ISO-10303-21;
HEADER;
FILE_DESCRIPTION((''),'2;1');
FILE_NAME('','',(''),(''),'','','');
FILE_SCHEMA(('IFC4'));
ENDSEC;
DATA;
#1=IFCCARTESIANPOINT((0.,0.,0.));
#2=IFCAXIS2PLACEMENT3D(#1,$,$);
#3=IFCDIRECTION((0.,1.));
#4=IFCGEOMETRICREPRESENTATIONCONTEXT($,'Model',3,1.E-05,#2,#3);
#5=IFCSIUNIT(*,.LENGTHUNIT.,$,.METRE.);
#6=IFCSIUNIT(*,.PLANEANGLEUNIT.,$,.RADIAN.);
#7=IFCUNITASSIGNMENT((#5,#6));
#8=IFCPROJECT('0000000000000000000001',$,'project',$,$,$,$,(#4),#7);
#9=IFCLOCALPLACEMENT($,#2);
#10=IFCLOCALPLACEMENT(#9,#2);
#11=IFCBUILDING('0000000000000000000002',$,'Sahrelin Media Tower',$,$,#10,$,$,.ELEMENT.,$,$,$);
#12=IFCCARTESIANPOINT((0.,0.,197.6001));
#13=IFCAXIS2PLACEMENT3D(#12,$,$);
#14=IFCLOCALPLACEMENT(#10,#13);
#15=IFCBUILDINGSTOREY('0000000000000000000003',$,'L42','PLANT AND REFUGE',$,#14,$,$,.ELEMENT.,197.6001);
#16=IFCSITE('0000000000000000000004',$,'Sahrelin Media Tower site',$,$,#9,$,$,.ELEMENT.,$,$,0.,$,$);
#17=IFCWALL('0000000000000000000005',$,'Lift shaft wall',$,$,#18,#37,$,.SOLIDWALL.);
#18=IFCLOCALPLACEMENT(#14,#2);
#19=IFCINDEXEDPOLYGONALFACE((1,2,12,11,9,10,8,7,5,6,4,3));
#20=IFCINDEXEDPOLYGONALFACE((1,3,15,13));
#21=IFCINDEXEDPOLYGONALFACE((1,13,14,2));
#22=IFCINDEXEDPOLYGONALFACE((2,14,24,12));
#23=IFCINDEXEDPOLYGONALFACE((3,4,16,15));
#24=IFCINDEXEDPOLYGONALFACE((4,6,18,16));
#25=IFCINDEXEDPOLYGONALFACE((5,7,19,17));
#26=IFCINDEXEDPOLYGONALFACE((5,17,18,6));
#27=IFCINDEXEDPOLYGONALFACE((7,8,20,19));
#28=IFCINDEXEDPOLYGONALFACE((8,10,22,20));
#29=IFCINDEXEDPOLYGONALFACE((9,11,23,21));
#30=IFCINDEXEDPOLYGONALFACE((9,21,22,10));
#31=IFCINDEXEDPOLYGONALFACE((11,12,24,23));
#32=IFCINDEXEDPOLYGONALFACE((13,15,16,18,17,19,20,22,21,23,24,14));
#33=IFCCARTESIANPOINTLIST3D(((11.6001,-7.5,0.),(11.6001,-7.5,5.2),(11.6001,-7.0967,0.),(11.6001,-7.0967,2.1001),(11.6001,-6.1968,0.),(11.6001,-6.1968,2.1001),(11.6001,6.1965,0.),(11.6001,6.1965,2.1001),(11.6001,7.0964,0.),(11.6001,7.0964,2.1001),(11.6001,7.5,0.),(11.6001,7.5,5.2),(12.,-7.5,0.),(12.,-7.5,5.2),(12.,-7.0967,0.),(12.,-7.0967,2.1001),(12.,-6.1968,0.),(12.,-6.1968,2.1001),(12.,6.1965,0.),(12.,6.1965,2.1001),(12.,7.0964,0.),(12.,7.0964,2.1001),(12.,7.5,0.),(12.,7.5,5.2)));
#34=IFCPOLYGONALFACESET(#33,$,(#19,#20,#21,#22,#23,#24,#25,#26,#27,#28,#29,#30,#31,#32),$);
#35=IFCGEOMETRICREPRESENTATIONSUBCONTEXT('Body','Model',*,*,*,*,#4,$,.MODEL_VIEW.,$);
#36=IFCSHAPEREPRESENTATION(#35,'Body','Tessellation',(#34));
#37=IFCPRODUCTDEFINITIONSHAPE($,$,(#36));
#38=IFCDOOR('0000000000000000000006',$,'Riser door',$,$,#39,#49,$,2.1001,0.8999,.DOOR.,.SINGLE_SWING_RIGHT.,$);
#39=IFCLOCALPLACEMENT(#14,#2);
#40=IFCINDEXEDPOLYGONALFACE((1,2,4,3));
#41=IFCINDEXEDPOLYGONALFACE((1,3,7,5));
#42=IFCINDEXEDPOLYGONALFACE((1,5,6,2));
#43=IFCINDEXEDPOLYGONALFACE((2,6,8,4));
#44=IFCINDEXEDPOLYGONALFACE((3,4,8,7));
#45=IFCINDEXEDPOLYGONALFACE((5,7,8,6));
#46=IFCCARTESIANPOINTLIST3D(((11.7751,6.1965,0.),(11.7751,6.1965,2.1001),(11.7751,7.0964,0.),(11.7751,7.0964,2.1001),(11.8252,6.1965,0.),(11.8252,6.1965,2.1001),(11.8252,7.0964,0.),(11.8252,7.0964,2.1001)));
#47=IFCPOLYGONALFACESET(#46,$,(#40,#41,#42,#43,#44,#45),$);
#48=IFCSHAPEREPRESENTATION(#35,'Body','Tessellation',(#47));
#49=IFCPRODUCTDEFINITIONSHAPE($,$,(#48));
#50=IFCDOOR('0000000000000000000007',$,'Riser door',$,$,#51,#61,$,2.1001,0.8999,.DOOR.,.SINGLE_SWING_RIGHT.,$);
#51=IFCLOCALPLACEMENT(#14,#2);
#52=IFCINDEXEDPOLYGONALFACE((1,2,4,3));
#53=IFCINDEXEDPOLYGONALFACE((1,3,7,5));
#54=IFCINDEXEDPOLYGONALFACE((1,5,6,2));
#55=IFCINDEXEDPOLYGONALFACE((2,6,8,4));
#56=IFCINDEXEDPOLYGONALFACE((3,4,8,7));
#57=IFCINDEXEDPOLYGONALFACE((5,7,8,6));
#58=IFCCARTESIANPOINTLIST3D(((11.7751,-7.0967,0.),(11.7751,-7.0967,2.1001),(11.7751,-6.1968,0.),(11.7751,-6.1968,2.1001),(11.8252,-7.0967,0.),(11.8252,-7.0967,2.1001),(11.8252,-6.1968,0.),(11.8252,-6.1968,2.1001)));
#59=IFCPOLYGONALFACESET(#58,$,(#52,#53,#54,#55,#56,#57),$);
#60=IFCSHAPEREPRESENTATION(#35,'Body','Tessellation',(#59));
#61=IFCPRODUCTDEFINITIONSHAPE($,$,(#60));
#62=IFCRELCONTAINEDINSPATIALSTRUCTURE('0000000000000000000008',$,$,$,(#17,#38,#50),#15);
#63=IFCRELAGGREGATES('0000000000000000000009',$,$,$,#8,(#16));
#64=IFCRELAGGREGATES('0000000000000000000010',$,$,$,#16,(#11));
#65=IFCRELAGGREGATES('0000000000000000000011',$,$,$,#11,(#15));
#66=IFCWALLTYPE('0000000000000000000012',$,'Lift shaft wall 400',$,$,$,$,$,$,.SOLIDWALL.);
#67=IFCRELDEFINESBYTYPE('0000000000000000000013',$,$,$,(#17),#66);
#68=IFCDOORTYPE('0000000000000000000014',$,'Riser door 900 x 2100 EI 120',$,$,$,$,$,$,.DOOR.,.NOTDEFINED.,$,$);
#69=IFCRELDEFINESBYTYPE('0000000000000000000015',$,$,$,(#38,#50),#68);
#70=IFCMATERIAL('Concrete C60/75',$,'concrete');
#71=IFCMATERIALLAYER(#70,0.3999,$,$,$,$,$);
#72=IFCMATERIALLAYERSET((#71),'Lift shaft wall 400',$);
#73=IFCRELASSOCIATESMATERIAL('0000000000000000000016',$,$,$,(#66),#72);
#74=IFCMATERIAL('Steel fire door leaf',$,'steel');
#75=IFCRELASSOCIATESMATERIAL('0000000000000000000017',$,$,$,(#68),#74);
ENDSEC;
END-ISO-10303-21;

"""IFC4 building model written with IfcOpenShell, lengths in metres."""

from ifc_helpers import new_model, si_unit, direction, frame, frame_2d, origin, place, context, subcontext, project, spatial, rectangle, extrude, material, layer, layer_set, type_object, element, fill, save


model = new_model("IFC4")

# Units and contexts
model_context = context("Model", 3, precision=1e-05, world=origin(), true_north=direction((0.0, 1.0)))
body_context = subcontext(model_context, "Body", "Model", "MODEL_VIEW")
ifc_project = project(units=[si_unit("LENGTHUNIT", "METRE"), si_unit("PLANEANGLEUNIT", "RADIAN")], contexts=[model_context])

# Site, building, storey
site_placement = place(None, origin())
site = spatial("IfcSite", under=ifc_project, at=site_placement, Name="Sahrelin Media Tower site", CompositionType="ELEMENT", RefElevation=0.0)
building_placement = place(site_placement, origin())
building = spatial("IfcBuilding", under=site, at=building_placement, Name="Sahrelin Media Tower", CompositionType="ELEMENT")
storey_placement = place(building_placement, frame((0.0, 0.0, 197.6001)))
storey = spatial("IfcBuildingStorey", under=building, at=storey_placement, Name="L42", Description="PLANT AND REFUGE", CompositionType="ELEMENT", Elevation=197.6001)

# Shared definitions
ifc_material_1 = material(Name="Concrete C60/75", Category="concrete")

# Wall, openings, doors
ifc_layer_1 = layer(ifc_material_1, 0.3999)
ifc_layer_set_1 = layer_set([ifc_layer_1], Name="Lift shaft wall 400")
wall_type_1 = type_object("IfcWallType", Name="Lift shaft wall 400", PredefinedType="SOLIDWALL", material=ifc_layer_set_1)
wall_1_placement = place(storey_placement, frame((11.8, -7.5, 0.0), z_axis=(0.0, 0.0, 1.0), x_axis=(0.0, 1.0, 0.0)))
wall_1 = element("IfcWall", 1, at=wall_1_placement, inside=storey, type_object=wall_type_1, Name="Lift shaft wall", PredefinedType="SOLIDWALL", context=body_context, shape_type="SweptSolid", body=[
    extrude(rectangle(XDim=15.0, YDim=0.3999, at=frame_2d((7.5, 0.0))), origin(), (0.0, 0.0, 1.0), 5.2),
])
opening_1_placement = place(wall_1_placement, frame((13.6965, 0.0, 0.0)))
opening_1 = element("IfcOpeningElement", 2, at=opening_1_placement, cuts=wall_1, PredefinedType="OPENING", context=body_context, shape_type="SweptSolid", body=[
    extrude(rectangle(XDim=0.8999, YDim=2.1001, at=frame_2d((0.45, 1.05))), frame((0.0, 0.2, 0.0), z_axis=(0.0, -1.0, 0.0), x_axis=(1.0, 0.0, 0.0)), (0.0, 0.0, 1.0), 0.3999),
])
opening_2_placement = place(wall_1_placement, frame((0.4033, 0.0, 0.0)))
opening_2 = element("IfcOpeningElement", 3, at=opening_2_placement, cuts=wall_1, PredefinedType="OPENING", context=body_context, shape_type="SweptSolid", body=[
    extrude(rectangle(XDim=0.8999, YDim=2.1001, at=frame_2d((0.45, 1.05))), frame((0.0, 0.2, 0.0), z_axis=(0.0, -1.0, 0.0), x_axis=(1.0, 0.0, 0.0)), (0.0, 0.0, 1.0), 0.3999),
])
ifc_material_2 = material(Name="Steel fire door leaf", Category="steel")
door_type = type_object("IfcDoorType", Name="Riser door 900 x 2100 EI 120", OperationType="NOTDEFINED", PredefinedType="DOOR", material=ifc_material_2)
door_1_placement = place(opening_1_placement, origin())
door_1 = element("IfcDoor", 4, at=door_1_placement, inside=storey, type_object=door_type, Name="Riser door", OperationType="SINGLE_SWING_RIGHT", OverallHeight=2.1001, OverallWidth=0.8999, PredefinedType="DOOR", context=body_context, shape_type="SweptSolid", body=[
    extrude(rectangle(XDim=0.8999, YDim=2.1001, at=frame_2d((0.45, 1.05))), frame((0.0, 0.0249, 0.0), z_axis=(0.0, -1.0, 0.0), x_axis=(1.0, 0.0, 0.0)), (0.0, 0.0, 1.0), 0.05),
])
fill(opening_1, door_1)
door_2_placement = place(opening_2_placement, origin())
door_2 = element("IfcDoor", 5, at=door_2_placement, inside=storey, type_object=door_type, Name="Riser door", OperationType="SINGLE_SWING_RIGHT", OverallHeight=2.1001, OverallWidth=0.8999, PredefinedType="DOOR", context=body_context, shape_type="SweptSolid", body=[
    extrude(rectangle(XDim=0.8999, YDim=2.1001, at=frame_2d((0.45, 1.05))), frame((0.0, 0.0249, 0.0), z_axis=(0.0, -1.0, 0.0), x_axis=(1.0, 0.0, 0.0)), (0.0, 0.0, 1.0), 0.05),
])
fill(opening_2, door_2)

save(model, "model.ifc")
